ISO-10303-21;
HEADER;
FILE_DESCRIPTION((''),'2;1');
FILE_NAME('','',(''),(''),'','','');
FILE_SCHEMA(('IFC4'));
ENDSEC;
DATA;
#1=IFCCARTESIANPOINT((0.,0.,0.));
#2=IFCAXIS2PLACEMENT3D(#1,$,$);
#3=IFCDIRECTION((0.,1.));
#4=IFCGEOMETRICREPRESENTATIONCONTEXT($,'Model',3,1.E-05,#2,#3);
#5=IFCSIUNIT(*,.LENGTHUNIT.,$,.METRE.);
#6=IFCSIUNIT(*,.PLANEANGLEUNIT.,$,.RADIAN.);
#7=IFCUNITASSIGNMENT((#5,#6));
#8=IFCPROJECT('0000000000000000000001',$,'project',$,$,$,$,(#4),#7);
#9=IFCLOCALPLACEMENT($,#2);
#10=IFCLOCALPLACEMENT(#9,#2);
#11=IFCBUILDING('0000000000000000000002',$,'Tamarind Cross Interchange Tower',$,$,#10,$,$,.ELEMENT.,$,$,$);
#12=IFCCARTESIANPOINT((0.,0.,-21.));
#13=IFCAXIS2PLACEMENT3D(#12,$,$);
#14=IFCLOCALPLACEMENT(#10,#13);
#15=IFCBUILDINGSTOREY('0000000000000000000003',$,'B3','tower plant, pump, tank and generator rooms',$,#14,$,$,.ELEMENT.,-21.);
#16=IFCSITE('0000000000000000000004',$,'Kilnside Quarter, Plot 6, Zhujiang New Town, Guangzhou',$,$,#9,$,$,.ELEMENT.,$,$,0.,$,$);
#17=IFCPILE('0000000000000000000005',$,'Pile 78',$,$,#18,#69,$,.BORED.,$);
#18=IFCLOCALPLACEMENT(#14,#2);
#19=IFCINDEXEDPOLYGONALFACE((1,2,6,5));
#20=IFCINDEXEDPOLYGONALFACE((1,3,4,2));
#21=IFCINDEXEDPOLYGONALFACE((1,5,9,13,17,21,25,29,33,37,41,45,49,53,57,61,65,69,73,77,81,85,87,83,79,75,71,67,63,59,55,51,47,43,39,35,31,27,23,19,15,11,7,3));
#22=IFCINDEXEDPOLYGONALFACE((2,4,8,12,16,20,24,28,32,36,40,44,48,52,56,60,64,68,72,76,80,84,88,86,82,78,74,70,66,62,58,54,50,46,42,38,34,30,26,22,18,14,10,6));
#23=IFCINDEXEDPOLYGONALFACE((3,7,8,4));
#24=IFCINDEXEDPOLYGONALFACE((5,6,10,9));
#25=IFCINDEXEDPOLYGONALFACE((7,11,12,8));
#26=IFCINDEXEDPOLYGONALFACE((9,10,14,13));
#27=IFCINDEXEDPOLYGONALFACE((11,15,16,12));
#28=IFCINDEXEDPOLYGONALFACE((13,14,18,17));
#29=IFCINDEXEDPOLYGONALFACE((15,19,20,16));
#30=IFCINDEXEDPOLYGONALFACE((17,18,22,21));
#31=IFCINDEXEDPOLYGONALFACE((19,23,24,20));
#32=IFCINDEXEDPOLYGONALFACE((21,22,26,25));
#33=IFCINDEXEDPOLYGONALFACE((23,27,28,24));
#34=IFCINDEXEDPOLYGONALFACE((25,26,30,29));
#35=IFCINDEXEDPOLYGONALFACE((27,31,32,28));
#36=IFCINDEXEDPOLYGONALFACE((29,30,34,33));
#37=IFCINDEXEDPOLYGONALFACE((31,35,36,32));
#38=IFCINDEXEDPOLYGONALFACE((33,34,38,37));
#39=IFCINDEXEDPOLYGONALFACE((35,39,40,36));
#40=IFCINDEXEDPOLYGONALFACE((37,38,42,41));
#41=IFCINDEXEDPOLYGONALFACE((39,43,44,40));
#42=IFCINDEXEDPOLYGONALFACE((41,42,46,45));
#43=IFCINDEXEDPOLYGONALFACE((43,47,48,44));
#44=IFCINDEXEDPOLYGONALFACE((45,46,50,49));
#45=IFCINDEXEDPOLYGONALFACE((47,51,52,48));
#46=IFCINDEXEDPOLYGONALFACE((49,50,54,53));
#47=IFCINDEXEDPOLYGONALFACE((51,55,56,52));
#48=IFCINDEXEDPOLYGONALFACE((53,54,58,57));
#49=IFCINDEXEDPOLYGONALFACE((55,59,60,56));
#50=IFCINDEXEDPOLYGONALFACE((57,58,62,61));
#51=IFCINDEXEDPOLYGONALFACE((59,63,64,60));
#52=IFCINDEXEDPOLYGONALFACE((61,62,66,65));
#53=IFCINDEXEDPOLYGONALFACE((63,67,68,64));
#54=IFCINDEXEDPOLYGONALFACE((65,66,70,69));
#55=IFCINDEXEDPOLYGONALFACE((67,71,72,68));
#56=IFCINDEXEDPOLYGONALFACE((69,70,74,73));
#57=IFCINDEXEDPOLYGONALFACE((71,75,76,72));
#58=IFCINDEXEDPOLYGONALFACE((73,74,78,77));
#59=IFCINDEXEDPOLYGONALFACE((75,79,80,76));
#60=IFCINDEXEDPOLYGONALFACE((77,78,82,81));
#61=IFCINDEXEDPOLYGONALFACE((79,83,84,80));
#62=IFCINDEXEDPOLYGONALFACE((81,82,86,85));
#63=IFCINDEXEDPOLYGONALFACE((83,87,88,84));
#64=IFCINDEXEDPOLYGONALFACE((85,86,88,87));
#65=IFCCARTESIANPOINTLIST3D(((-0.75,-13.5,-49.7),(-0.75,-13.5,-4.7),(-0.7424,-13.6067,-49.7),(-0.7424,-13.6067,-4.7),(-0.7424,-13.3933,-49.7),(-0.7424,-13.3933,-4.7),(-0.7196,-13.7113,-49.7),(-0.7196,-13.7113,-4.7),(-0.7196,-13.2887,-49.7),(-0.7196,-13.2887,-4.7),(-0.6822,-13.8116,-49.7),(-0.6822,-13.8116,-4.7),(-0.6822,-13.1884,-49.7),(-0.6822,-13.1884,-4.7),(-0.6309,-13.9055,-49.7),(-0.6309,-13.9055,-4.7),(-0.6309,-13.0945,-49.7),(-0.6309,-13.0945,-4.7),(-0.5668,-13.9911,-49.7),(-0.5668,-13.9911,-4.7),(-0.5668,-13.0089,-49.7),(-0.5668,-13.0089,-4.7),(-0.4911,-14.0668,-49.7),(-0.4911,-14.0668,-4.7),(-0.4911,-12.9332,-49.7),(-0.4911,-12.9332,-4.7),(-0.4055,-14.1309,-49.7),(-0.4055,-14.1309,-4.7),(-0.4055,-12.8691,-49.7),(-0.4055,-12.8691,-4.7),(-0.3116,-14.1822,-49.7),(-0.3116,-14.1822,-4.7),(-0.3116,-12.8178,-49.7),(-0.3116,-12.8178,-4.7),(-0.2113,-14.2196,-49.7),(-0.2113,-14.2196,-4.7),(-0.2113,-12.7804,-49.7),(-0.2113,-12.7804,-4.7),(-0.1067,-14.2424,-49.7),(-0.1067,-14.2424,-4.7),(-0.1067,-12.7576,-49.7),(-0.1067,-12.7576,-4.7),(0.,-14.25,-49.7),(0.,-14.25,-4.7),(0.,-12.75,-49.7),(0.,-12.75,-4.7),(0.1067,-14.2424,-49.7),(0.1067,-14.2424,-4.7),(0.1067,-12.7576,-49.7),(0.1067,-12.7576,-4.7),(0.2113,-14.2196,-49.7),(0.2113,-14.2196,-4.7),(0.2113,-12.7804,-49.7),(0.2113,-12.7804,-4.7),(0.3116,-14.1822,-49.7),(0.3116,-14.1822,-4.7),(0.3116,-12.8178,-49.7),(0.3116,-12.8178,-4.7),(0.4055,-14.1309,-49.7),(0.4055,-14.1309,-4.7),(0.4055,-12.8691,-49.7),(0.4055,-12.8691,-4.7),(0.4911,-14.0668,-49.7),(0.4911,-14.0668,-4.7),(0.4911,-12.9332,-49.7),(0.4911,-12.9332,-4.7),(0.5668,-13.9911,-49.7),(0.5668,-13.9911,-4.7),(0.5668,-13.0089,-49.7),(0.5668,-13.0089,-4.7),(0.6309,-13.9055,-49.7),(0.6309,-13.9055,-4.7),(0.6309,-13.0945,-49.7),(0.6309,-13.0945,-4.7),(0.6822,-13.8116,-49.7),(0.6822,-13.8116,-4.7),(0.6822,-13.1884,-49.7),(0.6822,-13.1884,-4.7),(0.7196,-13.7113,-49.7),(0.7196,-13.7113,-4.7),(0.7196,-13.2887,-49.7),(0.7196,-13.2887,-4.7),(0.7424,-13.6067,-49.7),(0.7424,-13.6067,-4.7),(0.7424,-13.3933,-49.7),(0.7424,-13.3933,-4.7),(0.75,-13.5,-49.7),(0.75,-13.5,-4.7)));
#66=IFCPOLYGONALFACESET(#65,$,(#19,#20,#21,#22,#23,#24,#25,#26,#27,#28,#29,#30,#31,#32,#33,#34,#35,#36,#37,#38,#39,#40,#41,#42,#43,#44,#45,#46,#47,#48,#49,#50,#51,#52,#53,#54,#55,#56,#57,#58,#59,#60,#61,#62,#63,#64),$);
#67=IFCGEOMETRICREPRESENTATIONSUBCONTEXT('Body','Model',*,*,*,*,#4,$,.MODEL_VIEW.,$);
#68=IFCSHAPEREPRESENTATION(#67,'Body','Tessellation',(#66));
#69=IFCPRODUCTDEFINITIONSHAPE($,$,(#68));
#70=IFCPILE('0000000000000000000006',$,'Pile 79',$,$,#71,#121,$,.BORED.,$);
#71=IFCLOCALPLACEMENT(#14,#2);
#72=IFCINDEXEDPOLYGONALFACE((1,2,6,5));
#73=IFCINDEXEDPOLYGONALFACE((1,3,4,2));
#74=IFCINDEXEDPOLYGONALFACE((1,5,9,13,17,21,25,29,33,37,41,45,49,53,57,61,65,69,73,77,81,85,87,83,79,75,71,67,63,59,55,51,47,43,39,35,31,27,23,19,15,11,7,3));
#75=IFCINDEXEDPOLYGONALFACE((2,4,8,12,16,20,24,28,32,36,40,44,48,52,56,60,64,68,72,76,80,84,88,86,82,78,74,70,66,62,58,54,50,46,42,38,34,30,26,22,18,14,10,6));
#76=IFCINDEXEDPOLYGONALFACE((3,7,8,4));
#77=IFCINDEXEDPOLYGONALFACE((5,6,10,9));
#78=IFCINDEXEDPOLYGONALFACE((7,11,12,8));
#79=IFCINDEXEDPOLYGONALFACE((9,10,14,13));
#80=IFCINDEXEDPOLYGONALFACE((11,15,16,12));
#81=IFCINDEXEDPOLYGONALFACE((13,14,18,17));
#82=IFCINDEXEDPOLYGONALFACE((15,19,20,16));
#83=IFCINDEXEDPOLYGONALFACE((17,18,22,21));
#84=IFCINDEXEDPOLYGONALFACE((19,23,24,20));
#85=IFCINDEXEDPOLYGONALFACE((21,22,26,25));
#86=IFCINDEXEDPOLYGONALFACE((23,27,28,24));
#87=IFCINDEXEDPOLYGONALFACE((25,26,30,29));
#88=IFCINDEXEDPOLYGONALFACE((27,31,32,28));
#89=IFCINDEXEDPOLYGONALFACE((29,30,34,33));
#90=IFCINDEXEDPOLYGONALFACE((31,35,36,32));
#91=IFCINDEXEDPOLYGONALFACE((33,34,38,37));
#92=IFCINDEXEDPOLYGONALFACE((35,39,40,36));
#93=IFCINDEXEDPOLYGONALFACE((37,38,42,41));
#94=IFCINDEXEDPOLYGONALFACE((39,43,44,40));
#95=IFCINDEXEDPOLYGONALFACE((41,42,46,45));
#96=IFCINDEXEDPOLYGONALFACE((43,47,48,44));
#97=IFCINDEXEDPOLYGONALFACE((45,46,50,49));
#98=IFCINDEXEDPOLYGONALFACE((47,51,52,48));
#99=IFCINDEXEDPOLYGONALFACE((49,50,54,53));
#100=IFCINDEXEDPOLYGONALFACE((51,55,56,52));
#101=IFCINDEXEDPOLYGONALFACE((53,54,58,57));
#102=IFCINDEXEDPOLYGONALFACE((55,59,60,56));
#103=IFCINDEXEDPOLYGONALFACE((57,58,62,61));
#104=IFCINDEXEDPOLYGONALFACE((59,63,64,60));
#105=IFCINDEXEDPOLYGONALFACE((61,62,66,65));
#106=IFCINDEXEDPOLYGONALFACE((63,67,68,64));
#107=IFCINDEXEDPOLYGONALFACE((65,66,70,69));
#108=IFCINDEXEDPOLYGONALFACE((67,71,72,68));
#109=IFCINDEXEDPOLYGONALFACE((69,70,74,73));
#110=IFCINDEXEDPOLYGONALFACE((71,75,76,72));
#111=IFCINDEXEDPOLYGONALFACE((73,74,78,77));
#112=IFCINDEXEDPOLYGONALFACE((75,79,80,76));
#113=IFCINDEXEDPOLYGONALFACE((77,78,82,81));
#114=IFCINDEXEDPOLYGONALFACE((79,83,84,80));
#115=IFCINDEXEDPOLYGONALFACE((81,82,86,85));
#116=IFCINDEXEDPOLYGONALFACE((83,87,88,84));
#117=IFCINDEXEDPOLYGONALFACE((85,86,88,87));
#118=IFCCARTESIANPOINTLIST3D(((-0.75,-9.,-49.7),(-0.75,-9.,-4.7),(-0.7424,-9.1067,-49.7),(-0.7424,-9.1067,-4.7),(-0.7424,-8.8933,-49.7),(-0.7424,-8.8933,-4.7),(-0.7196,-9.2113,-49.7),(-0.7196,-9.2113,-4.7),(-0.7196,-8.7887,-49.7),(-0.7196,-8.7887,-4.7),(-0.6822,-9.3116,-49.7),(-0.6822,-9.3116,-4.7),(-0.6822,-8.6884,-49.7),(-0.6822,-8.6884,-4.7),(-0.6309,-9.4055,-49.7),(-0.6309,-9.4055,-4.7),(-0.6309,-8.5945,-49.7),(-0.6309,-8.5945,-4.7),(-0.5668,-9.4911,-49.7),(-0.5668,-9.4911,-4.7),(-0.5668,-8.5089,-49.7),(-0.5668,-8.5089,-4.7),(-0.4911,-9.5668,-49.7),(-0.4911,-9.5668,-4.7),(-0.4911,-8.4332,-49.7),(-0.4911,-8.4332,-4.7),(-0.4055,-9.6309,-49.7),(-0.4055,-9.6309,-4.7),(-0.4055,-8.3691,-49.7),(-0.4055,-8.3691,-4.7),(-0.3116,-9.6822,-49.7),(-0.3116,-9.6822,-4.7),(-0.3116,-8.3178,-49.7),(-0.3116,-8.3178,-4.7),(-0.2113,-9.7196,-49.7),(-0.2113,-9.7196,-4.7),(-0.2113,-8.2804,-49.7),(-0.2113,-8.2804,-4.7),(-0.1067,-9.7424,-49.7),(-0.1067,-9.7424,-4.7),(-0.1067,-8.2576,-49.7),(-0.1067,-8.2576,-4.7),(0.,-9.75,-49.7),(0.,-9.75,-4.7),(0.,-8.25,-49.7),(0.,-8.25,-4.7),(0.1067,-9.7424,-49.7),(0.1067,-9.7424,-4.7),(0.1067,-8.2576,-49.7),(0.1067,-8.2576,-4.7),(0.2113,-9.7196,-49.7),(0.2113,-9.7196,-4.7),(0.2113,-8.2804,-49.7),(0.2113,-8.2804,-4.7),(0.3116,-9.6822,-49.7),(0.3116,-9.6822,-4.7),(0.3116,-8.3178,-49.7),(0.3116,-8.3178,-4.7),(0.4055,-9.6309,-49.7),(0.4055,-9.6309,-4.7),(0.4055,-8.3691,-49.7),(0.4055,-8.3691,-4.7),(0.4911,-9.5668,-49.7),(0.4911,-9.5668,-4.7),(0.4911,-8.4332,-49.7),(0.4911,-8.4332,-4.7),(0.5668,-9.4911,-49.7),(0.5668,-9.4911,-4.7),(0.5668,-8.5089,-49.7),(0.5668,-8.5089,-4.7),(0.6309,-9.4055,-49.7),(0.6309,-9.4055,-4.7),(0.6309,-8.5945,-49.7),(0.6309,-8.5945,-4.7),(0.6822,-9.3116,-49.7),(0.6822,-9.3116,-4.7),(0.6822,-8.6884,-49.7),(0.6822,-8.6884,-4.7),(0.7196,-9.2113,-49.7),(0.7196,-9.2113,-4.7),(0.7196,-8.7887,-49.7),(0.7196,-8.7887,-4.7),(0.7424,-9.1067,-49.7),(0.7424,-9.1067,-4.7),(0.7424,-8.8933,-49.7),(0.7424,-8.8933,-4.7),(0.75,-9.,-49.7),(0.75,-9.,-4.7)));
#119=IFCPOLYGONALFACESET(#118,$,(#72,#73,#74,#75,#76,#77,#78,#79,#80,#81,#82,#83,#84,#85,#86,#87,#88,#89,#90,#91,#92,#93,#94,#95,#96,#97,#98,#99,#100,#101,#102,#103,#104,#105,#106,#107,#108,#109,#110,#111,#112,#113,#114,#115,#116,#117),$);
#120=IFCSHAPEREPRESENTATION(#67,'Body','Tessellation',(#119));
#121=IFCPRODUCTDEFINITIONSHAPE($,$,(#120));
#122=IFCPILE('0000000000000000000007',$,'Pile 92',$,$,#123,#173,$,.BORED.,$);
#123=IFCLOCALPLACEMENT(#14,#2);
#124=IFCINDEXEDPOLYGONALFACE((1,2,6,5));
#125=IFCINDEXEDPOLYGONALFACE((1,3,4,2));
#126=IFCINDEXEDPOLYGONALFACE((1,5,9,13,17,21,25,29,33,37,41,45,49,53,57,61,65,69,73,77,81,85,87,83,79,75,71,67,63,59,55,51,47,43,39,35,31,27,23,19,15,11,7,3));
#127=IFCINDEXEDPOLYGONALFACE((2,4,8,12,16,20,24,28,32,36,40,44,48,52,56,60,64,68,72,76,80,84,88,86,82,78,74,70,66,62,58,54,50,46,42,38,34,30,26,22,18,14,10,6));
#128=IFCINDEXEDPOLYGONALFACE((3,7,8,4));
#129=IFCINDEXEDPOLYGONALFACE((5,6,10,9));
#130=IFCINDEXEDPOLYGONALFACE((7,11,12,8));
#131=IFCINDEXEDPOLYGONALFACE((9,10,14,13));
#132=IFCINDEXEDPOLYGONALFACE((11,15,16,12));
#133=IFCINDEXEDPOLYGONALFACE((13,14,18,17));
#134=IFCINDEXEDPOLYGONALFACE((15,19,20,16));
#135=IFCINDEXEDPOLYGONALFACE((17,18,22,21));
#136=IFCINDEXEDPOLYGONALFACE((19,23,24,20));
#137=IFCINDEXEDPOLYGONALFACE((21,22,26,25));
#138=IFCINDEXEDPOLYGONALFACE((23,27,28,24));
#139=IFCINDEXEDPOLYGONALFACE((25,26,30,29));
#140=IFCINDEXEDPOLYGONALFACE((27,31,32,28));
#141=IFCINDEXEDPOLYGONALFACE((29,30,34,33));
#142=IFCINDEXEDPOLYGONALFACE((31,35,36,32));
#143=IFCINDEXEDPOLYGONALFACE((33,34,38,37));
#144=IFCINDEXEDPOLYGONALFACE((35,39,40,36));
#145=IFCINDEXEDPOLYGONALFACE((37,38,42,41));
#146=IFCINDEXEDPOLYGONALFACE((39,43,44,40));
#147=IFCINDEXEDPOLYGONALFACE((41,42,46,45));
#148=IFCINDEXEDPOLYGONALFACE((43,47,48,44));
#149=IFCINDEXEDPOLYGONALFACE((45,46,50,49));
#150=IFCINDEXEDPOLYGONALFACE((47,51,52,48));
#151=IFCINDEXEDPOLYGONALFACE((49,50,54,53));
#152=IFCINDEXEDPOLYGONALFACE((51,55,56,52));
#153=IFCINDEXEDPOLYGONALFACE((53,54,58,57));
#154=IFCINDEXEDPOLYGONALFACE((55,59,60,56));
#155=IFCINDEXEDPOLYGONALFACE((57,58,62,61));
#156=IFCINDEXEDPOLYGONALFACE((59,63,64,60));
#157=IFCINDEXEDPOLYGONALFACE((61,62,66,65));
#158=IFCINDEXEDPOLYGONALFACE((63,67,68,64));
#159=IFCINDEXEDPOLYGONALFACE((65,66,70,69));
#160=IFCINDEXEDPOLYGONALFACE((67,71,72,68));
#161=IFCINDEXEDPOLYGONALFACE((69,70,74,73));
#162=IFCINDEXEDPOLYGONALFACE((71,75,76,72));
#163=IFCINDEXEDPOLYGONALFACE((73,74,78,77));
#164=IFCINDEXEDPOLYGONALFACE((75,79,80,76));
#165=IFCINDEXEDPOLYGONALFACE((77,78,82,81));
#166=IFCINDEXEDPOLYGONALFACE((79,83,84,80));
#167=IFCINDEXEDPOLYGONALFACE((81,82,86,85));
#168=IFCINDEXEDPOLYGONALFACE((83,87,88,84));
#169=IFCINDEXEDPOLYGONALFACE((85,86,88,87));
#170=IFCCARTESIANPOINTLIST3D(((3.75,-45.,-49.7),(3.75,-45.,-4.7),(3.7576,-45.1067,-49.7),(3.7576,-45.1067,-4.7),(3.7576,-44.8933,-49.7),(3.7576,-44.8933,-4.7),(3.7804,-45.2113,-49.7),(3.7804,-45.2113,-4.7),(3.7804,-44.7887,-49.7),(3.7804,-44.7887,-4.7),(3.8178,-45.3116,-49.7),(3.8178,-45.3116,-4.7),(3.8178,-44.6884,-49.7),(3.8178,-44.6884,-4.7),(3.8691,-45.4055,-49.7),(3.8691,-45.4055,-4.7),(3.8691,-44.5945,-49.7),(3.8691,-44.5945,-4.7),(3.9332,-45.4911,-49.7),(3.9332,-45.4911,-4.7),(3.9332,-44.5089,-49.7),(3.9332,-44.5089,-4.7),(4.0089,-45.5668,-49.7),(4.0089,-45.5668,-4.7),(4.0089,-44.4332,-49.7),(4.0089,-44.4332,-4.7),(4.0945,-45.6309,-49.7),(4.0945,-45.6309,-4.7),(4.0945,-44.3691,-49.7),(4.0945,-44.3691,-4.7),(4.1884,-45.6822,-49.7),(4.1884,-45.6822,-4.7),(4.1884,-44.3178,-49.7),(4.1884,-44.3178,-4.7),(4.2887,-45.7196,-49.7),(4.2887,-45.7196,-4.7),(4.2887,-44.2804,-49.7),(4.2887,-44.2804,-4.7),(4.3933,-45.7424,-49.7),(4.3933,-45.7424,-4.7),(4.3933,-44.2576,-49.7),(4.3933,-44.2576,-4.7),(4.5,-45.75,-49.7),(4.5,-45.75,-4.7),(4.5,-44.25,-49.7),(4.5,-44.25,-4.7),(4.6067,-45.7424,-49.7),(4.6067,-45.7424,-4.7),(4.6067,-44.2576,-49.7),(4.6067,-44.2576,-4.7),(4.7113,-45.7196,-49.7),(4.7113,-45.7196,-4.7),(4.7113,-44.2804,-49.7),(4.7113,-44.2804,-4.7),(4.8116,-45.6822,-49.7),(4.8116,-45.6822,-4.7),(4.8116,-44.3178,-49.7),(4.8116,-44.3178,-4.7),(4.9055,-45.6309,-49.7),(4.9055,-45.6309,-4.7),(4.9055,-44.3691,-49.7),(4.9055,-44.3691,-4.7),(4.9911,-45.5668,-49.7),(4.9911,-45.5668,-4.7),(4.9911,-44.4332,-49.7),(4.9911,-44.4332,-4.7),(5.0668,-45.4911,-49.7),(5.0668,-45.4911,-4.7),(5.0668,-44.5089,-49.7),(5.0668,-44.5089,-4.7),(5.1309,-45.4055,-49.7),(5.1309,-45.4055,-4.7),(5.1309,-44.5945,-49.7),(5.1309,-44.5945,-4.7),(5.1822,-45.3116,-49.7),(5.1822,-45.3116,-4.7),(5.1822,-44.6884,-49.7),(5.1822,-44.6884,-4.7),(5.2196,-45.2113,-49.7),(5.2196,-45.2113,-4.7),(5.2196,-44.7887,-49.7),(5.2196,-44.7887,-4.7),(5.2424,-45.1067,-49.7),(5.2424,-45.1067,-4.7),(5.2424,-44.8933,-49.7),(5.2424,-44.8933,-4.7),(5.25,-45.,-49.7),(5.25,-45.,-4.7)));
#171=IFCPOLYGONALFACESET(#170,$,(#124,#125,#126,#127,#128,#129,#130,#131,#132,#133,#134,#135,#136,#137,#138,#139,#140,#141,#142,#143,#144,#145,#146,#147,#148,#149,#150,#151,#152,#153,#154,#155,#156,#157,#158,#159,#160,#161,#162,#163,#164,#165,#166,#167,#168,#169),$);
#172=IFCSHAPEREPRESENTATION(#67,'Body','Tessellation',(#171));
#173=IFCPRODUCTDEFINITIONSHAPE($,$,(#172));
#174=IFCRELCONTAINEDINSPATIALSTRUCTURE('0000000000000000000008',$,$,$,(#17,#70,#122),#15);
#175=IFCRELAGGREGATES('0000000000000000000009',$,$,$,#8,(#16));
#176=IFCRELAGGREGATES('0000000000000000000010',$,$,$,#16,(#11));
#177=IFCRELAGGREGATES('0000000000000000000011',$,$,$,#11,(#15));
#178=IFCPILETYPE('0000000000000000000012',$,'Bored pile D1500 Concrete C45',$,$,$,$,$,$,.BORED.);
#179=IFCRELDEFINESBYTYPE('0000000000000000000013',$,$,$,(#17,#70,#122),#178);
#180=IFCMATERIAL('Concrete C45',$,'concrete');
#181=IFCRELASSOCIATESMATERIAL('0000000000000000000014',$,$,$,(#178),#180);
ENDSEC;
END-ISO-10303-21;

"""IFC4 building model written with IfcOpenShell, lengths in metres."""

from ifc_helpers import new_model, si_unit, direction, frame, origin, origin_2d, place, context, subcontext, project, spatial, circle, extrude, material, material_profile, profile_set, type_object, element, save


model = new_model("IFC4")

# Units and contexts
model_context = context("Model", 3, precision=1e-05, world=origin(), true_north=direction((0.0, 1.0)))
body_context = subcontext(model_context, "Body", "Model", "MODEL_VIEW")
ifc_project = project(units=[si_unit("LENGTHUNIT", "METRE"), si_unit("PLANEANGLEUNIT", "RADIAN")], contexts=[model_context])

# Site, building, storey
site_placement = place(None, origin())
site = spatial("IfcSite", under=ifc_project, at=site_placement, Name="Kilnside Quarter, Plot 6, Zhujiang New Town, Guangzhou", CompositionType="ELEMENT", RefElevation=0.0)
building_placement = place(site_placement, origin())
building = spatial("IfcBuilding", under=site, at=building_placement, Name="Tamarind Cross Interchange Tower", CompositionType="ELEMENT")
storey_placement = place(building_placement, frame((0.0, 0.0, -21.0)))
storey = spatial("IfcBuildingStorey", under=building, at=storey_placement, Name="B3", Description="tower plant, pump, tank and generator rooms", CompositionType="ELEMENT", Elevation=-21.0)

# Piles
ifc_material_1 = material(Name="Concrete C45", Category="concrete")
ifc_material_profile_1 = material_profile(ifc_material_1, circle(Radius=0.75, at=origin_2d()), Name="RC D1500")
ifc_profile_set_1 = profile_set([ifc_material_profile_1], Name="Concrete C45")
pile_type = type_object("IfcPileType", Name="Bored pile D1500 Concrete C45", PredefinedType="BORED", material=ifc_profile_set_1)
for number, where, z_axis, x_axis, name in (
    (1, (0.0, -13.5, -4.7), (0.0, 0.0, -1.0), (1.0, 0.0, 0.0), "Pile 78"),
    (2, (0.0, -9.0, -4.7), (0.0, 0.0, -1.0), (1.0, 0.0, 0.0), "Pile 79"),
    (3, (4.5, -45.0, -4.7), (0.0, 0.0, -1.0), (1.0, 0.0, 0.0), "Pile 92"),
):
    element("IfcPile", number, at=place(storey_placement, frame(where, z_axis=z_axis, x_axis=x_axis)), inside=storey, type_object=pile_type, Name=name, PredefinedType="BORED", context=body_context, shape_type="SweptSolid", body=[
        extrude(circle(Radius=0.75, at=origin_2d()), origin(), (0.0, 0.0, 1.0), 45.0),
    ])

save(model, "model.ifc")
